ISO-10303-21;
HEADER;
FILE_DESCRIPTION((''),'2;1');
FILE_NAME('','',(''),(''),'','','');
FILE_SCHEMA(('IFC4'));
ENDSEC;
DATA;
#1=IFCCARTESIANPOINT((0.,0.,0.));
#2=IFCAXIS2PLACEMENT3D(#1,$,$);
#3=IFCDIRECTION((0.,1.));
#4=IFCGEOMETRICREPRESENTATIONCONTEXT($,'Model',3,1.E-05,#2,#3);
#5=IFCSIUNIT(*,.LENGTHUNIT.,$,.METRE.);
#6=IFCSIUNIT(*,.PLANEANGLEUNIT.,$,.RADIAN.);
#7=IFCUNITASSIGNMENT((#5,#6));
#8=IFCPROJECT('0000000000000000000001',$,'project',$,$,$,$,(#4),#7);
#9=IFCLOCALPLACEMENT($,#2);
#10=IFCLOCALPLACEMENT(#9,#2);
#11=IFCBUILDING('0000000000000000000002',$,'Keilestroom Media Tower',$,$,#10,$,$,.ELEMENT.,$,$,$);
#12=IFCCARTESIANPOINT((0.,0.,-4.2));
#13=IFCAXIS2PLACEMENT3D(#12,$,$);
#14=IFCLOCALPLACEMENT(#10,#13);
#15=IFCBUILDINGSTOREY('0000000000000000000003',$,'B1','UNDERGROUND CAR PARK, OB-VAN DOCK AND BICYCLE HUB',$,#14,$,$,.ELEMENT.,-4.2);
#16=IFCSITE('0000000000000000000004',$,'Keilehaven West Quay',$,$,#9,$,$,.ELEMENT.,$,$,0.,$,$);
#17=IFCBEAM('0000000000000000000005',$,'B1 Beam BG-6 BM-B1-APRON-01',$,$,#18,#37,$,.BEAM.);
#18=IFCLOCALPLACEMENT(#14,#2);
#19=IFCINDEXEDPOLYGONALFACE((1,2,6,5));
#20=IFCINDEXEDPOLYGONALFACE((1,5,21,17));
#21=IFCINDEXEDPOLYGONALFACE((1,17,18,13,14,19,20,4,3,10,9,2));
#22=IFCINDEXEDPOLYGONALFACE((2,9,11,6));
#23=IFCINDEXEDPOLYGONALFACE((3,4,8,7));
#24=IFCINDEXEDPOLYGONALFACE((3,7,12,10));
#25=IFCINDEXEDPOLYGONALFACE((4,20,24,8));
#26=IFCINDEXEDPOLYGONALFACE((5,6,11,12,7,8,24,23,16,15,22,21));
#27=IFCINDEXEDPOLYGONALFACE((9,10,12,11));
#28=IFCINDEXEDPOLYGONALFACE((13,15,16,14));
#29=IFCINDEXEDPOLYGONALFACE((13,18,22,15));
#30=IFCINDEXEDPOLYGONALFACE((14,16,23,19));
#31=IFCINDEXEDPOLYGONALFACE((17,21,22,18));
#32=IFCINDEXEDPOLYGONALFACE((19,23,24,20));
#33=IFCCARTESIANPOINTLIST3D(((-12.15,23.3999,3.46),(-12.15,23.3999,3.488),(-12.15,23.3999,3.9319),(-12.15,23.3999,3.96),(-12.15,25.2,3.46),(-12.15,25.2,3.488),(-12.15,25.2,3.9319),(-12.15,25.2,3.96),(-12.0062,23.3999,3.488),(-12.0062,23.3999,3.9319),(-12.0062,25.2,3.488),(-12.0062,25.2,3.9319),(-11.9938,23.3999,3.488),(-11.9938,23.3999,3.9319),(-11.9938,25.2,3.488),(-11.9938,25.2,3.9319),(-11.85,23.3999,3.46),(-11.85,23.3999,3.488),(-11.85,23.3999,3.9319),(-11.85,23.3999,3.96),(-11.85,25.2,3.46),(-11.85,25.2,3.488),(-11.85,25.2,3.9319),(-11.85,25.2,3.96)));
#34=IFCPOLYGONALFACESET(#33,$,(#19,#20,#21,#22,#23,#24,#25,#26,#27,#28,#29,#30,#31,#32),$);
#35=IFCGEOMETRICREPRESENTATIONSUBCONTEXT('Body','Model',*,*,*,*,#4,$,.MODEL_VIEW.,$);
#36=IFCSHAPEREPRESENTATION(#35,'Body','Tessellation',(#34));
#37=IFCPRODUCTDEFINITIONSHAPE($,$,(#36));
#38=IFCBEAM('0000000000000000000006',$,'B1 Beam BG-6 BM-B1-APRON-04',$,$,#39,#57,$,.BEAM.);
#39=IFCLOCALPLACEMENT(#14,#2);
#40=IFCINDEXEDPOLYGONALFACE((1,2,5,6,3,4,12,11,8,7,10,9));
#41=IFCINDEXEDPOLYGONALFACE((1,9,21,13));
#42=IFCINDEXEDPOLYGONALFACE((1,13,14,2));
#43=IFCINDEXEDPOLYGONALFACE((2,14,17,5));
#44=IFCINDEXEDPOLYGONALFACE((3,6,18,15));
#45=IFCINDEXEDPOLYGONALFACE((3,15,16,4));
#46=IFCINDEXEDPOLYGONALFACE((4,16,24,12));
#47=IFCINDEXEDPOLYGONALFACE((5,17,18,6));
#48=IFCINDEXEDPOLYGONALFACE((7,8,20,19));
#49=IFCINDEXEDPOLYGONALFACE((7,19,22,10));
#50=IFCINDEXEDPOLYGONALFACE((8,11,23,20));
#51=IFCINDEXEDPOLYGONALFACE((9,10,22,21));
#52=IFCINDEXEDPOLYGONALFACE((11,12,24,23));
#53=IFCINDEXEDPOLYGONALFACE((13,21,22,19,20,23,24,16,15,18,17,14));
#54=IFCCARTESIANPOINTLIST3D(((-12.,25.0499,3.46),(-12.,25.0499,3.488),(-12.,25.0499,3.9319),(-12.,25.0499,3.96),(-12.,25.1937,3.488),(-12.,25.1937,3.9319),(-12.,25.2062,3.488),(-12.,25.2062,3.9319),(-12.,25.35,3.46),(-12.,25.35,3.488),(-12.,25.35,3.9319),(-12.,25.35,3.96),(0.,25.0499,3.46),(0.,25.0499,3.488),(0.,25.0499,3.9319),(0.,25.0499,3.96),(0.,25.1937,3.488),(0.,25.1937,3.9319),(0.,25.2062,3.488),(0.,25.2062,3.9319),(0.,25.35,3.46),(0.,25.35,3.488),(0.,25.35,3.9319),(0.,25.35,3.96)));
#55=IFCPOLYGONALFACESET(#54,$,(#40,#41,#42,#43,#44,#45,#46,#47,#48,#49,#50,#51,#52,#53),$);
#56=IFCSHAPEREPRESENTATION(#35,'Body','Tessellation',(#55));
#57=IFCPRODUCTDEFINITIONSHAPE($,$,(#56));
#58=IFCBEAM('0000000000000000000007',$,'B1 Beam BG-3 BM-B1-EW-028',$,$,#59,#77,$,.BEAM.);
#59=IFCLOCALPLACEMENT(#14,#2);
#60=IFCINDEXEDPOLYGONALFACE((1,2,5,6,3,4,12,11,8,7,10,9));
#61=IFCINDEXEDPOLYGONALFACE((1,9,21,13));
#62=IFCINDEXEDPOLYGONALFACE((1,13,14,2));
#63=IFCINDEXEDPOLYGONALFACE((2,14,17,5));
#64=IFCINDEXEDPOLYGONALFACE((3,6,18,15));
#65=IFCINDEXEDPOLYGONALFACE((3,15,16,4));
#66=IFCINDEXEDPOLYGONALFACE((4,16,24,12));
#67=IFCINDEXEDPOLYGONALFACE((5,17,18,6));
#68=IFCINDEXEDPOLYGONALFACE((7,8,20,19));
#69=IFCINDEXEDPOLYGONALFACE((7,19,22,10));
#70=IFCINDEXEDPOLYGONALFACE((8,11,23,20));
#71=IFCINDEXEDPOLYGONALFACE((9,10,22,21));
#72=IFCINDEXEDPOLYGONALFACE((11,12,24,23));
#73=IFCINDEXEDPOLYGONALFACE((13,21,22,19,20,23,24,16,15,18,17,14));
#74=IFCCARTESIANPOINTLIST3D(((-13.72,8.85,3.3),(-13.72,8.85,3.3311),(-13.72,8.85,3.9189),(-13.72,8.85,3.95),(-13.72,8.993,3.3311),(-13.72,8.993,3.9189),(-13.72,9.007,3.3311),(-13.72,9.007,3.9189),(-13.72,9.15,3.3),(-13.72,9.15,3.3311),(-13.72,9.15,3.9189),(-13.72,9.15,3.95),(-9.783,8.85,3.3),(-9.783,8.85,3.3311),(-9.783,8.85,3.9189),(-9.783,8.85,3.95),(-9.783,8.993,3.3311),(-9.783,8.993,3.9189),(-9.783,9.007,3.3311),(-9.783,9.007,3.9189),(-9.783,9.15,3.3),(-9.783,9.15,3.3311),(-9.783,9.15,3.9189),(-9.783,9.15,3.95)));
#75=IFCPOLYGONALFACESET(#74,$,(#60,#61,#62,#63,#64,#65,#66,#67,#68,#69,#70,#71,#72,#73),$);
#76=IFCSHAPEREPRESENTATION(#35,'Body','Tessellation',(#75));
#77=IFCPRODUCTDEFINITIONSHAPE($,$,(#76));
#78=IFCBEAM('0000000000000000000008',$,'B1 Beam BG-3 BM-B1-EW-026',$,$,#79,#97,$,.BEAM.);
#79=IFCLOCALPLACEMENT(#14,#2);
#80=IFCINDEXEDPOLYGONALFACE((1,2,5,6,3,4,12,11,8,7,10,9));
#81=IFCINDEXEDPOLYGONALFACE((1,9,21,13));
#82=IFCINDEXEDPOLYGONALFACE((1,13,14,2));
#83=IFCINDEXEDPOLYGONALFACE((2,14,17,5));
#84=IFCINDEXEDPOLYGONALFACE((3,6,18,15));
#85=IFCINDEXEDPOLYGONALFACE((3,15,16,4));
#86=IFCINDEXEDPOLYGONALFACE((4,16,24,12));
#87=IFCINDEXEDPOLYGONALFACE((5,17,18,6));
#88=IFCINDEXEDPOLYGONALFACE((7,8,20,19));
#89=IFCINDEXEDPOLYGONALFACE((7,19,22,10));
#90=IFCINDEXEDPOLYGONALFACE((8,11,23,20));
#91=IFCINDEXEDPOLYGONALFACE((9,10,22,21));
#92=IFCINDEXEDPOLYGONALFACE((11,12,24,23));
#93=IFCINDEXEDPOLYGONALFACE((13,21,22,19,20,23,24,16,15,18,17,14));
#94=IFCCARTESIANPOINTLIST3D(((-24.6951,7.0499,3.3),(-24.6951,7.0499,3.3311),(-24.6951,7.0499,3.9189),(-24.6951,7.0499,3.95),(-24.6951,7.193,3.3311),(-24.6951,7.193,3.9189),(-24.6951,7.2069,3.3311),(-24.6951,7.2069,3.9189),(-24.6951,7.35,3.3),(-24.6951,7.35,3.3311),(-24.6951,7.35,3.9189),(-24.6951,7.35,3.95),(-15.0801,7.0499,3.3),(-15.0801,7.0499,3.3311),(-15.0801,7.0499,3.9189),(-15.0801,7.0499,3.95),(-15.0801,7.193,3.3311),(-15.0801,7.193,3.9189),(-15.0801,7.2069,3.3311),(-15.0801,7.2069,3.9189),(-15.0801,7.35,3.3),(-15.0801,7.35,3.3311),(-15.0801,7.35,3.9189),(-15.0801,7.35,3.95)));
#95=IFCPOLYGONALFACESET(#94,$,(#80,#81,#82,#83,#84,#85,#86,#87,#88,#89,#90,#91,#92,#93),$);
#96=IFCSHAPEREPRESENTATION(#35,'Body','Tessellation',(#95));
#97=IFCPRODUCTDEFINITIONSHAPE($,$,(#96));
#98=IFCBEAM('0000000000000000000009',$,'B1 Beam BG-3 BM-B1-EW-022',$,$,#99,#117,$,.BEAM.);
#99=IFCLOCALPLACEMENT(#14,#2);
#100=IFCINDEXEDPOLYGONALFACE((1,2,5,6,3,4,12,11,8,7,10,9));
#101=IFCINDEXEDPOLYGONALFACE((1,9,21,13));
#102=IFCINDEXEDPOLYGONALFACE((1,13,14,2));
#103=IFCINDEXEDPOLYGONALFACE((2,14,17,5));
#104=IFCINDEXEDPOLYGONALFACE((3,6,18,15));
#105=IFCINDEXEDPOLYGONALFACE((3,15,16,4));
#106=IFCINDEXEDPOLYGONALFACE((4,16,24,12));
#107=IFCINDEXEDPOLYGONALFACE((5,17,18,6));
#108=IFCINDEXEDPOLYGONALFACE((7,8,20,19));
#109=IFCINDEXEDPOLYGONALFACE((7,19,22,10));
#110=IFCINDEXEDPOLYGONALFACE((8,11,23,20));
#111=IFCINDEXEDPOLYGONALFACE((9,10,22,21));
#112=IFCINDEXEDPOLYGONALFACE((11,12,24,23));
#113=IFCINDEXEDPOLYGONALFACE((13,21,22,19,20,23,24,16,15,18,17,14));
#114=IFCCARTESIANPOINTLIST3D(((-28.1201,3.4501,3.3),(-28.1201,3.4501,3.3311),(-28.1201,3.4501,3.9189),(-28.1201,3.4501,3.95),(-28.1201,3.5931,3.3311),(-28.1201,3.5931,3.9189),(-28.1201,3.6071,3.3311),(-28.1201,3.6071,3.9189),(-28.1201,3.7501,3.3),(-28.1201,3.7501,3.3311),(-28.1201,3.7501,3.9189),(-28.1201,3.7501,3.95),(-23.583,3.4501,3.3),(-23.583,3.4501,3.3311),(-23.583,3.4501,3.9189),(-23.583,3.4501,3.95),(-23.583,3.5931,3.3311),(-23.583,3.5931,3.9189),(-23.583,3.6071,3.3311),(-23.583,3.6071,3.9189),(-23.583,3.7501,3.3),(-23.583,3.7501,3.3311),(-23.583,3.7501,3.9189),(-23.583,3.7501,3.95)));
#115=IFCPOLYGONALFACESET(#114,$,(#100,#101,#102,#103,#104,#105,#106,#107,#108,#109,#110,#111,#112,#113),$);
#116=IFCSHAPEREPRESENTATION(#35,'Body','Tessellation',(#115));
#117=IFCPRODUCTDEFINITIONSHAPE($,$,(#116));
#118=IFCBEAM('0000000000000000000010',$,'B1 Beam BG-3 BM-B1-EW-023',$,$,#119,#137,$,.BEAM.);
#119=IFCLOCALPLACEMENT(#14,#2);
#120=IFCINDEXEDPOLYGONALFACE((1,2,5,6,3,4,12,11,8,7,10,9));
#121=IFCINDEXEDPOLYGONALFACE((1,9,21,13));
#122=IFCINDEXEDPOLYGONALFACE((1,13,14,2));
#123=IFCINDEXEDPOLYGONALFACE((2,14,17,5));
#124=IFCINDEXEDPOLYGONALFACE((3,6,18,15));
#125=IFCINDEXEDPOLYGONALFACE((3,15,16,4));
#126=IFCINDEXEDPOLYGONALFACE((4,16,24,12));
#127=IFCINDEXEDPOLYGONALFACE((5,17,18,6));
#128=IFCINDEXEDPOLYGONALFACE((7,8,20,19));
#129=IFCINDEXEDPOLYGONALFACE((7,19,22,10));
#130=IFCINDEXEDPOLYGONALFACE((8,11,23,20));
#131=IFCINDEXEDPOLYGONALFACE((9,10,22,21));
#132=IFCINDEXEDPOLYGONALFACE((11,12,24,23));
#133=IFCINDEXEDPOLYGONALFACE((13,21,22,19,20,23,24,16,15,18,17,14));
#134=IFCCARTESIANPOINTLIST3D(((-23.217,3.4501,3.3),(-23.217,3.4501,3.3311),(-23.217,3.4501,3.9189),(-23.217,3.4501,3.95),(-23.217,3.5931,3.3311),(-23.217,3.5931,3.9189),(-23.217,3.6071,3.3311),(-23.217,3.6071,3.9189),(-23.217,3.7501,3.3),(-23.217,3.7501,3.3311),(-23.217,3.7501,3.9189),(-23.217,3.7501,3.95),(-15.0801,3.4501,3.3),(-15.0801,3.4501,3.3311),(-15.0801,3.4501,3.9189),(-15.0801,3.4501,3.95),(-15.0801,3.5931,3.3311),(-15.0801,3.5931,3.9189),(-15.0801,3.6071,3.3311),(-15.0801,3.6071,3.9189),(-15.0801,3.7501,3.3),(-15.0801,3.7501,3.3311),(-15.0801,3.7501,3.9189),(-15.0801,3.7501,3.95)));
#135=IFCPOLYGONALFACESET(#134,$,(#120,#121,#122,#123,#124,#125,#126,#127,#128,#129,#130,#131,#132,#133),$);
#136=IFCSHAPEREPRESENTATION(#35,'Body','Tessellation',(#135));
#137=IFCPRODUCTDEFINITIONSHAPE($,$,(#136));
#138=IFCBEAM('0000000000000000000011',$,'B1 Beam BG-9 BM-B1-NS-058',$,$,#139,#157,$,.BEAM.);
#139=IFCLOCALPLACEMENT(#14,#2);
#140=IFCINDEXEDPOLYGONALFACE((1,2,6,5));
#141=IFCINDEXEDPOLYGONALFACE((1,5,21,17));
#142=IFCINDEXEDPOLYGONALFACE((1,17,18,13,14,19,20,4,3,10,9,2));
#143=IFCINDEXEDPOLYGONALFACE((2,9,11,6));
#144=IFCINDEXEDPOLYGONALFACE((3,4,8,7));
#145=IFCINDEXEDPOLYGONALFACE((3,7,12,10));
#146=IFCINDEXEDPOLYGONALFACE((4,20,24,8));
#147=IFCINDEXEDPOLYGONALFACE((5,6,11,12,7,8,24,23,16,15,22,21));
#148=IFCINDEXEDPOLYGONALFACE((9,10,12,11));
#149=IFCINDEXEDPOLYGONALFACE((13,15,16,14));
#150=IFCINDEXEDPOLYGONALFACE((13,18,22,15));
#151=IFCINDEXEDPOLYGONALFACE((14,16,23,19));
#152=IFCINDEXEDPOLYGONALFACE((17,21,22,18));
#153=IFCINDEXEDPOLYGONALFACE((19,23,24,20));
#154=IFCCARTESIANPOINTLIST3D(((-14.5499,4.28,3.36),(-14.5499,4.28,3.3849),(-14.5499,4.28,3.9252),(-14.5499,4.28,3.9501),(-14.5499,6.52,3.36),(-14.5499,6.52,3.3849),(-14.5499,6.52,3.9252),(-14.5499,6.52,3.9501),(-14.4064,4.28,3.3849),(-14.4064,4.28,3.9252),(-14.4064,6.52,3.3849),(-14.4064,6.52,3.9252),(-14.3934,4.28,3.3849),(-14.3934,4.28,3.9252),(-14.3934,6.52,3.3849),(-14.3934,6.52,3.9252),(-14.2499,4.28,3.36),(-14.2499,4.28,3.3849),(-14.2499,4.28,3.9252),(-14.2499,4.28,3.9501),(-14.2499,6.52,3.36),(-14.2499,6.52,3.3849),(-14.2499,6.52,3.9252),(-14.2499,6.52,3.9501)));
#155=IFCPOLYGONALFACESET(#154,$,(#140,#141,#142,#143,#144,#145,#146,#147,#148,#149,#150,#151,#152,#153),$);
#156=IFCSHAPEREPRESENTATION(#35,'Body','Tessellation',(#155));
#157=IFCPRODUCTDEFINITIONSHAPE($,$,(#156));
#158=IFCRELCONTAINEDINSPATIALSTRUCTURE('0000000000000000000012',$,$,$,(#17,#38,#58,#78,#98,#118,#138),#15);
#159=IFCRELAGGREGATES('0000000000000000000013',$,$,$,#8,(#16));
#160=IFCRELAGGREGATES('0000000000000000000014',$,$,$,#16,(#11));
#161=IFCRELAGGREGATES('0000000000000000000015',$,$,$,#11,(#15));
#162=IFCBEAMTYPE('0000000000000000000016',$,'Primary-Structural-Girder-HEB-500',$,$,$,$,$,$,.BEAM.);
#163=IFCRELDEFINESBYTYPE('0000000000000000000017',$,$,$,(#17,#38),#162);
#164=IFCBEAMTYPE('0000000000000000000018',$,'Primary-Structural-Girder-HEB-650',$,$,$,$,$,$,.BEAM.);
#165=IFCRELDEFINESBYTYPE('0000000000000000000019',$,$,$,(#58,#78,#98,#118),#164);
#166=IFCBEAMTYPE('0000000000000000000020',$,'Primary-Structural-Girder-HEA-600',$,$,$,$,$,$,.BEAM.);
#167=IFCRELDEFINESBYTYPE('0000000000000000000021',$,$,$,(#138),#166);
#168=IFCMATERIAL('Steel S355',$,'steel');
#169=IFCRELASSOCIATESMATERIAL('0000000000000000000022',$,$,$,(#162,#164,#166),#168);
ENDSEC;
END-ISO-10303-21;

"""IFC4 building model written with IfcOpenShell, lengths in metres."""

from ifc_helpers import new_model, si_unit, direction, frame, origin, origin_2d, place, context, subcontext, project, spatial, i_section, extrude, source, transform, mapped, material, material_profile, profile_set, type_object, element, save


model = new_model("IFC4")

# Units and contexts
model_context = context("Model", 3, precision=1e-05, world=origin(), true_north=direction((0.0, 1.0)))
body_context = subcontext(model_context, "Body", "Model", "MODEL_VIEW")
ifc_project = project(units=[si_unit("LENGTHUNIT", "METRE"), si_unit("PLANEANGLEUNIT", "RADIAN")], contexts=[model_context])

# Site, building, storey
site_placement = place(None, origin())
site = spatial("IfcSite", under=ifc_project, at=site_placement, Name="Keilehaven West Quay", CompositionType="ELEMENT", RefElevation=0.0)
building_placement = place(site_placement, origin())
building = spatial("IfcBuilding", under=site, at=building_placement, Name="Keilestroom Media Tower", CompositionType="ELEMENT")
storey_placement = place(building_placement, frame((0.0, 0.0, -4.2)))
storey = spatial("IfcBuildingStorey", under=building, at=storey_placement, Name="B1", Description="UNDERGROUND CAR PARK, OB-VAN DOCK AND BICYCLE HUB", CompositionType="ELEMENT", Elevation=-4.2)

# Beams
ifc_material_1 = material(Name="Steel S355", Category="steel")
ifc_material_profile_1 = material_profile(ifc_material_1, i_section(OverallWidth=0.3, OverallDepth=0.5, WebThickness=0.0125, FlangeThickness=0.0281, at=origin_2d()), Name="HEB 500")
ifc_profile_set_1 = profile_set([ifc_material_profile_1], Name="Steel S355")
beam_type_1 = type_object("IfcBeamType", Name="Primary-Structural-Girder-HEB-500", PredefinedType="BEAM", material=ifc_profile_set_1)
shared_shape_1 = source(origin(), body_context, "Body", "SweptSolid", [
    extrude(i_section(OverallWidth=0.3, OverallDepth=0.5, WebThickness=0.0125, FlangeThickness=0.0281, at=origin_2d()), origin(), (0.0, 0.0, 1.0), 1.8),
])
beam_1_placement = place(storey_placement, frame((-12.0, 23.3999, 3.71), z_axis=(0.0, 1.0, 0.0), x_axis=(-1.0, 0.0, 0.0)))
element("IfcBeam", 1, at=beam_1_placement, inside=storey, type_object=beam_type_1, Name="B1 Beam BG-6 BM-B1-APRON-01", PredefinedType="BEAM", context=body_context, shape_type="MappedRepresentation", body=[
    mapped(shared_shape_1, transform((0.0, 0.0, 0.0), x_axis=(1.0, 0.0, 0.0), y_axis=(0.0, 1.0, 0.0), z_axis=(0.0, 0.0, 1.0), scale=1.0)),
])
shared_shape_2 = source(origin(), body_context, "Body", "SweptSolid", [
    extrude(i_section(OverallWidth=0.3, OverallDepth=0.5, WebThickness=0.0125, FlangeThickness=0.0281, at=origin_2d()), origin(), (0.0, 0.0, 1.0), 12.0),
])
beam_2_placement = place(storey_placement, frame((-12.0, 25.2, 3.71), z_axis=(1.0, 0.0, 0.0), x_axis=(0.0, 1.0, 0.0)))
element("IfcBeam", 2, at=beam_2_placement, inside=storey, type_object=beam_type_1, Name="B1 Beam BG-6 BM-B1-APRON-04", PredefinedType="BEAM", context=body_context, shape_type="MappedRepresentation", body=[
    mapped(shared_shape_2, transform((0.0, 0.0, 0.0), x_axis=(1.0, 0.0, 0.0), y_axis=(0.0, 1.0, 0.0), z_axis=(0.0, 0.0, 1.0), scale=1.0)),
])
ifc_material_profile_2 = material_profile(ifc_material_1, i_section(OverallWidth=0.3, OverallDepth=0.6499, WebThickness=0.0139, FlangeThickness=0.031, at=origin_2d()), Name="HEB 650")
ifc_profile_set_2 = profile_set([ifc_material_profile_2], Name="Steel S355")
beam_type_2 = type_object("IfcBeamType", Name="Primary-Structural-Girder-HEB-650", PredefinedType="BEAM", material=ifc_profile_set_2)
shared_shape_3 = source(origin(), body_context, "Body", "SweptSolid", [
    extrude(i_section(OverallWidth=0.3, OverallDepth=0.6499, WebThickness=0.0139, FlangeThickness=0.031, at=origin_2d()), origin(), (0.0, 0.0, 1.0), 3.937),
])
beam_3_placement = place(storey_placement, frame((-13.72, 9.0, 3.625), z_axis=(1.0, 0.0, 0.0), x_axis=(0.0, 1.0, 0.0)))
element("IfcBeam", 3, at=beam_3_placement, inside=storey, type_object=beam_type_2, Name="B1 Beam BG-3 BM-B1-EW-028", PredefinedType="BEAM", context=body_context, shape_type="MappedRepresentation", body=[
    mapped(shared_shape_3, transform((0.0, 0.0, 0.0), x_axis=(1.0, 0.0, 0.0), y_axis=(0.0, 1.0, 0.0), z_axis=(0.0, 0.0, 1.0), scale=1.0)),
])
shared_shape_4 = source(origin(), body_context, "Body", "SweptSolid", [
    extrude(i_section(OverallWidth=0.3, OverallDepth=0.6499, WebThickness=0.0139, FlangeThickness=0.031, at=origin_2d()), origin(), (0.0, 0.0, 1.0), 9.615),
])
beam_4_placement = place(storey_placement, frame((-24.6951, 7.2, 3.625), z_axis=(1.0, 0.0, 0.0), x_axis=(0.0, 1.0, 0.0)))
element("IfcBeam", 4, at=beam_4_placement, inside=storey, type_object=beam_type_2, Name="B1 Beam BG-3 BM-B1-EW-026", PredefinedType="BEAM", context=body_context, shape_type="MappedRepresentation", body=[
    mapped(shared_shape_4, transform((0.0, 0.0, 0.0), x_axis=(1.0, 0.0, 0.0), y_axis=(0.0, 1.0, 0.0), z_axis=(0.0, 0.0, 1.0), scale=1.0)),
])
shared_shape_5 = source(origin(), body_context, "Body", "SweptSolid", [
    extrude(i_section(OverallWidth=0.3, OverallDepth=0.6499, WebThickness=0.0139, FlangeThickness=0.031, at=origin_2d()), origin(), (0.0, 0.0, 1.0), 4.5371),
])
beam_5_placement = place(storey_placement, frame((-28.1201, 3.6001, 3.625), z_axis=(1.0, 0.0, 0.0), x_axis=(0.0, 1.0, 0.0)))
element("IfcBeam", 5, at=beam_5_placement, inside=storey, type_object=beam_type_2, Name="B1 Beam BG-3 BM-B1-EW-022", PredefinedType="BEAM", context=body_context, shape_type="MappedRepresentation", body=[
    mapped(shared_shape_5, transform((0.0, 0.0, 0.0), x_axis=(1.0, 0.0, 0.0), y_axis=(0.0, 1.0, 0.0), z_axis=(0.0, 0.0, 1.0), scale=1.0)),
])
shared_shape_6 = source(origin(), body_context, "Body", "SweptSolid", [
    extrude(i_section(OverallWidth=0.3, OverallDepth=0.6499, WebThickness=0.0139, FlangeThickness=0.031, at=origin_2d()), origin(), (0.0, 0.0, 1.0), 8.137),
])
beam_6_placement = place(storey_placement, frame((-23.217, 3.6001, 3.625), z_axis=(1.0, 0.0, 0.0), x_axis=(0.0, 1.0, 0.0)))
element("IfcBeam", 6, at=beam_6_placement, inside=storey, type_object=beam_type_2, Name="B1 Beam BG-3 BM-B1-EW-023", PredefinedType="BEAM", context=body_context, shape_type="MappedRepresentation", body=[
    mapped(shared_shape_6, transform((0.0, 0.0, 0.0), x_axis=(1.0, 0.0, 0.0), y_axis=(0.0, 1.0, 0.0), z_axis=(0.0, 0.0, 1.0), scale=1.0)),
])
ifc_material_profile_3 = material_profile(ifc_material_1, i_section(OverallWidth=0.3, OverallDepth=0.5901, WebThickness=0.0129, FlangeThickness=0.0249, at=origin_2d()), Name="HEA 600")
ifc_profile_set_3 = profile_set([ifc_material_profile_3], Name="Steel S355")
beam_type_3 = type_object("IfcBeamType", Name="Primary-Structural-Girder-HEA-600", PredefinedType="BEAM", material=ifc_profile_set_3)
shared_shape_7 = source(origin(), body_context, "Body", "SweptSolid", [
    extrude(i_section(OverallWidth=0.3, OverallDepth=0.5901, WebThickness=0.0129, FlangeThickness=0.0249, at=origin_2d()), origin(), (0.0, 0.0, 1.0), 2.24),
])
beam_7_placement = place(storey_placement, frame((-14.3999, 4.28, 3.655), z_axis=(0.0, 1.0, 0.0), x_axis=(-1.0, 0.0, 0.0)))
element("IfcBeam", 7, at=beam_7_placement, inside=storey, type_object=beam_type_3, Name="B1 Beam BG-9 BM-B1-NS-058", PredefinedType="BEAM", context=body_context, shape_type="MappedRepresentation", body=[
    mapped(shared_shape_7, transform((0.0, 0.0, 0.0), x_axis=(1.0, 0.0, 0.0), y_axis=(0.0, 1.0, 0.0), z_axis=(0.0, 0.0, 1.0), scale=1.0)),
])

save(model, "model.ifc")
